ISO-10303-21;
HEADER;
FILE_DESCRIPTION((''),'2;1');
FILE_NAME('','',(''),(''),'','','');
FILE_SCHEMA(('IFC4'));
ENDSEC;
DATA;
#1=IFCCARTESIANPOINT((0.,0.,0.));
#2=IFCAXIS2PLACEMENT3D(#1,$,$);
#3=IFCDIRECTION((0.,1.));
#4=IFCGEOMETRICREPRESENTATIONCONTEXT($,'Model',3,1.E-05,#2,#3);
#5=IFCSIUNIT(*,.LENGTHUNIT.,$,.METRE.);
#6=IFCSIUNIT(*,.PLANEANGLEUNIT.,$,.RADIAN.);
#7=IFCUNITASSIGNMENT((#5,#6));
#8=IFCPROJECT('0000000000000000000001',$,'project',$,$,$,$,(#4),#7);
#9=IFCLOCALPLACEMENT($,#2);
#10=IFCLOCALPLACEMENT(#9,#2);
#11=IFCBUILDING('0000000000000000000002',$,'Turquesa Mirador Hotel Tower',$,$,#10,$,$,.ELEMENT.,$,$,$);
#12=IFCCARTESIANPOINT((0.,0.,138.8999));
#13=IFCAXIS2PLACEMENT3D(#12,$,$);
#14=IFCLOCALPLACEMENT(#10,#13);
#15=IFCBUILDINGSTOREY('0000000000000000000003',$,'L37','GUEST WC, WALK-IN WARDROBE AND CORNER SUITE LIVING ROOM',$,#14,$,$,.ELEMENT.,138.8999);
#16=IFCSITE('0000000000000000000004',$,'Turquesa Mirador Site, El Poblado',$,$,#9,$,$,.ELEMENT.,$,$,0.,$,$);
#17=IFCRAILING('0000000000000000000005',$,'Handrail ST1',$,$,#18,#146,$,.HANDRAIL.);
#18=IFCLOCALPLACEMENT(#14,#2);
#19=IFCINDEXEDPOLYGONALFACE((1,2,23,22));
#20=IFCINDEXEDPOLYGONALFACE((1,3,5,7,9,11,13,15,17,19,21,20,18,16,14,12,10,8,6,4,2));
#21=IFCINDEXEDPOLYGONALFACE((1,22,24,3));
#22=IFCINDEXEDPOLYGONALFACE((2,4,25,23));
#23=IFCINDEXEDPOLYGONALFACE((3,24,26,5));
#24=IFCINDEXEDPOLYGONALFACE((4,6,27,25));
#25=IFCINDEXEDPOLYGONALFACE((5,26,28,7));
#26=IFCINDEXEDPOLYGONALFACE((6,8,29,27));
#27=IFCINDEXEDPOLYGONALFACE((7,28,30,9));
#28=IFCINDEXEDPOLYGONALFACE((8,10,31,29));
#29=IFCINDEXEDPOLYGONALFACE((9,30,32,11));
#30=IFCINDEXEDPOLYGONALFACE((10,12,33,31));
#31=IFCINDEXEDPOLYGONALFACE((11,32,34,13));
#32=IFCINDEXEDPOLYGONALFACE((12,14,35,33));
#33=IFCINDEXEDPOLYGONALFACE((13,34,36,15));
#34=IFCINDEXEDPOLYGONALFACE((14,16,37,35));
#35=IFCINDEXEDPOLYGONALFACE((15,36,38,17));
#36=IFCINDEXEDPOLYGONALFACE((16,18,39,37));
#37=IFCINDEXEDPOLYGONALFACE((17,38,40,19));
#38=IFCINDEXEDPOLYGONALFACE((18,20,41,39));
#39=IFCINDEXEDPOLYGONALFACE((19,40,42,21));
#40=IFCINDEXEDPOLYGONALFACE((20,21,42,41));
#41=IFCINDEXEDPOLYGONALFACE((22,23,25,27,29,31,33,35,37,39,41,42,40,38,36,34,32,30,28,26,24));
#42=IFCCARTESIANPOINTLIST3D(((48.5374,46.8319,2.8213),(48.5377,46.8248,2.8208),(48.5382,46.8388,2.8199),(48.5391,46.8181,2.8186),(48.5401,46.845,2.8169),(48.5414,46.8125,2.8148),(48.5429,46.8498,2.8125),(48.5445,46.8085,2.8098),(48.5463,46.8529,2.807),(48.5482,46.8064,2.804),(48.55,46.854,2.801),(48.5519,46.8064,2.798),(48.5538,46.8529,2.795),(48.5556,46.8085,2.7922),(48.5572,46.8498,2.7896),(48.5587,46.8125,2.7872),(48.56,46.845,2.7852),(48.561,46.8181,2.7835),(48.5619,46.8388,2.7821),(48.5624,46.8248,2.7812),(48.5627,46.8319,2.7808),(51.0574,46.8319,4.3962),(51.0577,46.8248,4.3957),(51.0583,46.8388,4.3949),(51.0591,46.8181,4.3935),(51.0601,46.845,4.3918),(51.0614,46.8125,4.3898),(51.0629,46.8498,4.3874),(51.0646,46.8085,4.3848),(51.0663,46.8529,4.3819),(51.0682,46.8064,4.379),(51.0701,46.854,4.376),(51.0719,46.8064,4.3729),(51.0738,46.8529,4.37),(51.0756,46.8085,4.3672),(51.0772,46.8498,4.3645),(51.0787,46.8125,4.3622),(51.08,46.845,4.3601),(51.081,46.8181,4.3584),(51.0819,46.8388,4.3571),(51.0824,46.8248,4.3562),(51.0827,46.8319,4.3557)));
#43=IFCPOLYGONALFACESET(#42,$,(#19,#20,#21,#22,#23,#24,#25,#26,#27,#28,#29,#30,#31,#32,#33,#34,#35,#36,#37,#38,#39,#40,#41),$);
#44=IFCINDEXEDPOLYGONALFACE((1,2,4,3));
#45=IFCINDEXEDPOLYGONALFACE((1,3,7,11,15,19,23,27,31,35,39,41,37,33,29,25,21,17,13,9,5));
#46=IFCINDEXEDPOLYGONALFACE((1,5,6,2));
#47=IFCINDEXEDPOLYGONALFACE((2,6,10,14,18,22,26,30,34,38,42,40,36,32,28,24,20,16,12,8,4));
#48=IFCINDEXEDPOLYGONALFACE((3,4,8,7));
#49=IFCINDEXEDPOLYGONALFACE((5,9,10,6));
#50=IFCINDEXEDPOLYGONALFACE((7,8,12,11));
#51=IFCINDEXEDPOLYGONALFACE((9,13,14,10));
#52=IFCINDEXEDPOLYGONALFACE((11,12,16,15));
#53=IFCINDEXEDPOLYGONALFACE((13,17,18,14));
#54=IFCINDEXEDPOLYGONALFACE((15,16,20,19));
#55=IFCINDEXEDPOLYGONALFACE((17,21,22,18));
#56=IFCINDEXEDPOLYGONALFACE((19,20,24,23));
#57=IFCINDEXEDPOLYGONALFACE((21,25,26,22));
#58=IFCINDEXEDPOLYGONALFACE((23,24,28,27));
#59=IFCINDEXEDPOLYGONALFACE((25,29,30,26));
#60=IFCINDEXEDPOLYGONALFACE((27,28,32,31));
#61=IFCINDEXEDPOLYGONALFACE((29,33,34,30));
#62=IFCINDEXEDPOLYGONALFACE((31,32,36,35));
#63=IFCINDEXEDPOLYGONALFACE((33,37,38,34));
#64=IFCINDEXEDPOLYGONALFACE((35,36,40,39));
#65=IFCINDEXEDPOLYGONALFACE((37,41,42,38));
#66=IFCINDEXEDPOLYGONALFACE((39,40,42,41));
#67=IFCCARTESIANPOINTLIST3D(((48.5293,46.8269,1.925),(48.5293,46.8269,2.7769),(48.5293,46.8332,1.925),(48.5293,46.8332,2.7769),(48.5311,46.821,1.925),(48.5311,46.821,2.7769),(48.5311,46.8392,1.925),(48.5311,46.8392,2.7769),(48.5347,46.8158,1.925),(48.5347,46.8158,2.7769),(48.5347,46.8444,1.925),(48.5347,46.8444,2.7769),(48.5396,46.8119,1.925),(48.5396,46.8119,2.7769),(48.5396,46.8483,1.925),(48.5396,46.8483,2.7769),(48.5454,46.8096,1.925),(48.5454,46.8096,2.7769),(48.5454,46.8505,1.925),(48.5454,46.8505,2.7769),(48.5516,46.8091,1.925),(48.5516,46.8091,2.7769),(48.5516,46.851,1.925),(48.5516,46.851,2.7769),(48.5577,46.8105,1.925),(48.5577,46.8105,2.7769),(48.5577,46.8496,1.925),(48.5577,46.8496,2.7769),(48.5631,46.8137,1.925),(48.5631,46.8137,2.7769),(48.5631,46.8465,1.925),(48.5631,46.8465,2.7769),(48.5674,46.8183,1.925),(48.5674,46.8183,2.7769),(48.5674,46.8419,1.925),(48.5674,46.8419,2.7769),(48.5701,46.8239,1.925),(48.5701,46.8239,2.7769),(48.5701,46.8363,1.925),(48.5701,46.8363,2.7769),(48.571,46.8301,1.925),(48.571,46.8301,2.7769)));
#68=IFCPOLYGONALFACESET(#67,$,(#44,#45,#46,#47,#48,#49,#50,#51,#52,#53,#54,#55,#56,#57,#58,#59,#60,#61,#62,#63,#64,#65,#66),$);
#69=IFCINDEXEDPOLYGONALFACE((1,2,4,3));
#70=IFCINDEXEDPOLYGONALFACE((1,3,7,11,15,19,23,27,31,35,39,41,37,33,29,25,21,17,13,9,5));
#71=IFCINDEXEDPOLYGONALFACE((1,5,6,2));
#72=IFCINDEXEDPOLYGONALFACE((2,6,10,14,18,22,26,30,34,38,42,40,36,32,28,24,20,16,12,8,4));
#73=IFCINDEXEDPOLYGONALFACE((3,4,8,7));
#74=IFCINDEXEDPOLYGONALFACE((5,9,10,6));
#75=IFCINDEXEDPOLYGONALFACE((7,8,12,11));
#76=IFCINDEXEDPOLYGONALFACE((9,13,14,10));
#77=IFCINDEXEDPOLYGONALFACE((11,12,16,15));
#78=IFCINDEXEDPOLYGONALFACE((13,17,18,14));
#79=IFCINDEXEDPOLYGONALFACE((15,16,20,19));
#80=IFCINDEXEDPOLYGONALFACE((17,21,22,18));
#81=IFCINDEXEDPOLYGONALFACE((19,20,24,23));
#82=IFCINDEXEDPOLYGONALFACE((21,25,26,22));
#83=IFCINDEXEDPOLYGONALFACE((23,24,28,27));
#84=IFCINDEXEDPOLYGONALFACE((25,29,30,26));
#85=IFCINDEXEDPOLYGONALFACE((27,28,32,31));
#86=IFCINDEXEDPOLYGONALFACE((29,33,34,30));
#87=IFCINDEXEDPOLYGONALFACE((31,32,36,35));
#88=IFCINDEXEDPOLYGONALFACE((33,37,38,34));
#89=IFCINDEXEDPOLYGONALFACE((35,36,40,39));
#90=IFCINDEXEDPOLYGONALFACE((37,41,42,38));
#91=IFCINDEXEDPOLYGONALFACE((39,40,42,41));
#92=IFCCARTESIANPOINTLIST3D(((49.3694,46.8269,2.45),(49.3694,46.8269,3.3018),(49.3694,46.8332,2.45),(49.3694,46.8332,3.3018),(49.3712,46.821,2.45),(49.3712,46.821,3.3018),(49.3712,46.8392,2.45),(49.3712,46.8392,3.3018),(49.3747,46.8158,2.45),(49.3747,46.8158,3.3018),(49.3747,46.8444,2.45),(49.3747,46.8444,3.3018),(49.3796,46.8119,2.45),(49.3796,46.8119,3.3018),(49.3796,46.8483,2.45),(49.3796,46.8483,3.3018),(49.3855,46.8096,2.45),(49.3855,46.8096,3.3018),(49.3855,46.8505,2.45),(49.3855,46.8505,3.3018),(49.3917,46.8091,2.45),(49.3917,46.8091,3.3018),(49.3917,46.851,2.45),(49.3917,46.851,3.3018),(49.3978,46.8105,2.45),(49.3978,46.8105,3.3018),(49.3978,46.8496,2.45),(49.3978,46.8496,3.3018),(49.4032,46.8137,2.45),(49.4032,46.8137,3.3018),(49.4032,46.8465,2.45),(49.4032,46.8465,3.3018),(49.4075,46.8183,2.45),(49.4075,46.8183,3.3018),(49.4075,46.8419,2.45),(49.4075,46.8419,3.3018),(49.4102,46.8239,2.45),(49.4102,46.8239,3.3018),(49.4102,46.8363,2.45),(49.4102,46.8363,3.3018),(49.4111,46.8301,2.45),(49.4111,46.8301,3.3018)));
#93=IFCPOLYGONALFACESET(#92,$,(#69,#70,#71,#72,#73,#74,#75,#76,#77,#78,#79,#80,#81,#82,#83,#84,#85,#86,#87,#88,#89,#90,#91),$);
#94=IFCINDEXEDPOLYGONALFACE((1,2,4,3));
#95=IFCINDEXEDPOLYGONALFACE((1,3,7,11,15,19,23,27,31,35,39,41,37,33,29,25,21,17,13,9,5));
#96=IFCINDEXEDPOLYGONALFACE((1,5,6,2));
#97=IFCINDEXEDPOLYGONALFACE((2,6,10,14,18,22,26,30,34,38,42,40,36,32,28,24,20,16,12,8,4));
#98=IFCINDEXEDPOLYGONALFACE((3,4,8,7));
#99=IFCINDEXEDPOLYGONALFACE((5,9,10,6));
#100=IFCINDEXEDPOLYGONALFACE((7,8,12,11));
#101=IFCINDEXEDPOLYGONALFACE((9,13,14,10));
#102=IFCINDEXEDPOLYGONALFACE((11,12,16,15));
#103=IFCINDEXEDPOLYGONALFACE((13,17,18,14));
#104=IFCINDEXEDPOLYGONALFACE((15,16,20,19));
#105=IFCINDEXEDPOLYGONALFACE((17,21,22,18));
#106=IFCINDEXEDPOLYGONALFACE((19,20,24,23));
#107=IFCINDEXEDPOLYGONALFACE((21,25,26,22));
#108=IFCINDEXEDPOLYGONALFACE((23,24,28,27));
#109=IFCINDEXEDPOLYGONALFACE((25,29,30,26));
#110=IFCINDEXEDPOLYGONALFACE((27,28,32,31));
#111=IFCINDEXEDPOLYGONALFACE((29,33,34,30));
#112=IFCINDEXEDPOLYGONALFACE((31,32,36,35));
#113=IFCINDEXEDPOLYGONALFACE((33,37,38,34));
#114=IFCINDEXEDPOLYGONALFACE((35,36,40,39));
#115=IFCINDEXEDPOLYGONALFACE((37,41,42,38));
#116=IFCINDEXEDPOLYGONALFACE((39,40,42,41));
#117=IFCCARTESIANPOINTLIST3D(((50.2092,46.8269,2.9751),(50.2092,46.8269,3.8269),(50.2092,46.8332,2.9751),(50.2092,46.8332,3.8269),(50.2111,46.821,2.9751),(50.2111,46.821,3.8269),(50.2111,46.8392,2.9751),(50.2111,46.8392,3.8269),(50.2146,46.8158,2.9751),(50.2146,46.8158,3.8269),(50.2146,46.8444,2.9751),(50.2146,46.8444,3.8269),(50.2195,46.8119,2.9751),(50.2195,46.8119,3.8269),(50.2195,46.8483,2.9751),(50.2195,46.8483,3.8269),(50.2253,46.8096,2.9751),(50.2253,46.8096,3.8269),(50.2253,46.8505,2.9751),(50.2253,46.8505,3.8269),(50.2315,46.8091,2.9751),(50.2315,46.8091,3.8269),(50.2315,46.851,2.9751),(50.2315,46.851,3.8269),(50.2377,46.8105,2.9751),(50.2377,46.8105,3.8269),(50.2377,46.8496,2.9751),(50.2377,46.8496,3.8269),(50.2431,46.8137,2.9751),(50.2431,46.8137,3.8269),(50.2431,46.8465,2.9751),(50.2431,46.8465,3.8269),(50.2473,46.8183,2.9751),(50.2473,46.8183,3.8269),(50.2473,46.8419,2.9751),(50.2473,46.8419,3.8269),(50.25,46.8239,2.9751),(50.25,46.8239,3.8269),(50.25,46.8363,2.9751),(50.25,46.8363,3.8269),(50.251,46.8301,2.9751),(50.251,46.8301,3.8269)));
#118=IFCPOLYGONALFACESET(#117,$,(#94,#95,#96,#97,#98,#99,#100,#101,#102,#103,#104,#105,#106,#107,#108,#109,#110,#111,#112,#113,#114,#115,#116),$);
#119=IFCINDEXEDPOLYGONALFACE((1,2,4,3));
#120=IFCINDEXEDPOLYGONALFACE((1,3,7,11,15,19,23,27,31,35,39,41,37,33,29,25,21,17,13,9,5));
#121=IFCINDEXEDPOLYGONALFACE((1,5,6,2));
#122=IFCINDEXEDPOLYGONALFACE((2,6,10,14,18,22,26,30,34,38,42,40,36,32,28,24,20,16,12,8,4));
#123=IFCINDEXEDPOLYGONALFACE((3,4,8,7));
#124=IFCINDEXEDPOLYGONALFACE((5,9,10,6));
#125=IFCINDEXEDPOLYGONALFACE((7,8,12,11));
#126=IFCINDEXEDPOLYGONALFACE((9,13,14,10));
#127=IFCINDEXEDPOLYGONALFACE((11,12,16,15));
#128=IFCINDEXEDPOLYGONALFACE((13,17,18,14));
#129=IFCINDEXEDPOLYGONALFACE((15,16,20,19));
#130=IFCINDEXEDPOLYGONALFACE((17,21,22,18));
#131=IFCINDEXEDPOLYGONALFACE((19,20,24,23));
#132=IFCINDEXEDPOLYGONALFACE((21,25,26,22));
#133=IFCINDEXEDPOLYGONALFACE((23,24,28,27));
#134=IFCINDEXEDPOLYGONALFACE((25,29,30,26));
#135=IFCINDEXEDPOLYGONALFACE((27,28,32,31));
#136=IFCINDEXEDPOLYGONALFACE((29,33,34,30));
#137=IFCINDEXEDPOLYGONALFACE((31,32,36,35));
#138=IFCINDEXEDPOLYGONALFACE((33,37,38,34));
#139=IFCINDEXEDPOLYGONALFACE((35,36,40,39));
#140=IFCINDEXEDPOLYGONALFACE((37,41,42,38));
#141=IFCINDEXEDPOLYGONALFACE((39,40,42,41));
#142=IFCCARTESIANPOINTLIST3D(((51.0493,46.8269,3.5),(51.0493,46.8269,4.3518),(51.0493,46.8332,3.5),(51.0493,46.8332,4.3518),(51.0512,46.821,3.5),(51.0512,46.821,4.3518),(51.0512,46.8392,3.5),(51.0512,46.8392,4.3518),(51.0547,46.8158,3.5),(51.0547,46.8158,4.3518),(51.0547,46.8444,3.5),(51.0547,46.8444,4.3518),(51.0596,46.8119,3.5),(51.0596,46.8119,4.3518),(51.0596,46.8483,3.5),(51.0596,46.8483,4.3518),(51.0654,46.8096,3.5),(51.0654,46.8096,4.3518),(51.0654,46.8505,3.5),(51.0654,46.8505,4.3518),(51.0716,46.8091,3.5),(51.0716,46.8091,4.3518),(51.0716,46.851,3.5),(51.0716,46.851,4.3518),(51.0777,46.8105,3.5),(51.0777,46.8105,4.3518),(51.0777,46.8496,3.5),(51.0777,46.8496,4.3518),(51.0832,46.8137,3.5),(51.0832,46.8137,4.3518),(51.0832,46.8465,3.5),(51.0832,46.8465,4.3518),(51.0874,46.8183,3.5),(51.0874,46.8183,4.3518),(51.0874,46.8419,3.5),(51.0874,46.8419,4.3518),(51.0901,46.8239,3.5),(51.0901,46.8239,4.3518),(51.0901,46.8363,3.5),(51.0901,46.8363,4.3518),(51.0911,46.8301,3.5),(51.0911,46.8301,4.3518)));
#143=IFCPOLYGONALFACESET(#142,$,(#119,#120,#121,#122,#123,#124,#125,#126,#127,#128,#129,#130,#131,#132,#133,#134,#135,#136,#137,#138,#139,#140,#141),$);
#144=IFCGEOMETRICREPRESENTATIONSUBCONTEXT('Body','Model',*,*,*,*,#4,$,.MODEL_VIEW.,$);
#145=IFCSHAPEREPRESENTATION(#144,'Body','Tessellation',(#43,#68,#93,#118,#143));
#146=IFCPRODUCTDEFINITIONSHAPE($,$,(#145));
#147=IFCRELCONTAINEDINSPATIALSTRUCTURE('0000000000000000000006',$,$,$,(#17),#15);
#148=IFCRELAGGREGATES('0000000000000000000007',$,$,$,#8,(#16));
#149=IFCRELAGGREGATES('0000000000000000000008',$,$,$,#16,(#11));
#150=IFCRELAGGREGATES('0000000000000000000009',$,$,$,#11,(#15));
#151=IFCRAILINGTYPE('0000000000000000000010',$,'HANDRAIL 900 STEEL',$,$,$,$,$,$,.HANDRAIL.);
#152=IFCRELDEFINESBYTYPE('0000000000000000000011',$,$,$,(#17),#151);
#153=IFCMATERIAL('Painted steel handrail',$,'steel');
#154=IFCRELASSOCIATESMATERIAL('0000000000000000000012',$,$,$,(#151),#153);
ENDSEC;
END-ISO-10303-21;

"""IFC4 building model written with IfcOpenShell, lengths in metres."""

from ifc_helpers import new_model, si_unit, direction, frame, origin, origin_2d, place, context, subcontext, project, spatial, circle, extrude, material, type_object, element, save


model = new_model("IFC4")

# Units and contexts
model_context = context("Model", 3, precision=1e-05, world=origin(), true_north=direction((0.0, 1.0)))
body_context = subcontext(model_context, "Body", "Model", "MODEL_VIEW")
ifc_project = project(units=[si_unit("LENGTHUNIT", "METRE"), si_unit("PLANEANGLEUNIT", "RADIAN")], contexts=[model_context])

# Site, building, storey
site_placement = place(None, origin())
site = spatial("IfcSite", under=ifc_project, at=site_placement, Name="Turquesa Mirador Site, El Poblado", CompositionType="ELEMENT", RefElevation=0.0)
building_placement = place(site_placement, origin())
building = spatial("IfcBuilding", under=site, at=building_placement, Name="Turquesa Mirador Hotel Tower", CompositionType="ELEMENT")
storey_placement = place(building_placement, frame((0.0, 0.0, 138.8999)))
storey = spatial("IfcBuildingStorey", under=building, at=storey_placement, Name="L37", Description="GUEST WC, WALK-IN WARDROBE AND CORNER SUITE LIVING ROOM", CompositionType="ELEMENT", Elevation=138.8999)

# Railing
ifc_material_1 = material(Name="Painted steel handrail", Category="steel")
railing_type = type_object("IfcRailingType", Name="HANDRAIL 900 STEEL", PredefinedType="HANDRAIL", material=ifc_material_1)
for number, where, name in (
    (1, (48.55, 46.8301, 1.925), "Handrail ST1"),
):
    element("IfcRailing", number, at=place(storey_placement, frame(where)), inside=storey, type_object=railing_type, Name=name, PredefinedType="HANDRAIL", context=body_context, shape_type="SweptSolid", body=[
        extrude(circle(Radius=0.0239, at=origin_2d()), frame((0.0, 0.0, 0.876), z_axis=(0.848008, 0.0, 0.529984), x_axis=(0.0, 1.0, 0.0)), (0.0, 0.0, 1.0), 2.9717),
        extrude(circle(Radius=0.021, at=origin_2d()), origin(), (0.0, 0.0, 1.0), 0.8518),
        extrude(circle(Radius=0.021, at=origin_2d()), frame((0.8401, 0.0, 0.5249)), (0.0, 0.0, 1.0), 0.8518),
        extrude(circle(Radius=0.021, at=origin_2d()), frame((1.6799, 0.0, 1.05)), (0.0, 0.0, 1.0), 0.8518),
        extrude(circle(Radius=0.021, at=origin_2d()), frame((2.52, 0.0, 1.575)), (0.0, 0.0, 1.0), 0.8518),
    ])

save(model, "model.ifc")
